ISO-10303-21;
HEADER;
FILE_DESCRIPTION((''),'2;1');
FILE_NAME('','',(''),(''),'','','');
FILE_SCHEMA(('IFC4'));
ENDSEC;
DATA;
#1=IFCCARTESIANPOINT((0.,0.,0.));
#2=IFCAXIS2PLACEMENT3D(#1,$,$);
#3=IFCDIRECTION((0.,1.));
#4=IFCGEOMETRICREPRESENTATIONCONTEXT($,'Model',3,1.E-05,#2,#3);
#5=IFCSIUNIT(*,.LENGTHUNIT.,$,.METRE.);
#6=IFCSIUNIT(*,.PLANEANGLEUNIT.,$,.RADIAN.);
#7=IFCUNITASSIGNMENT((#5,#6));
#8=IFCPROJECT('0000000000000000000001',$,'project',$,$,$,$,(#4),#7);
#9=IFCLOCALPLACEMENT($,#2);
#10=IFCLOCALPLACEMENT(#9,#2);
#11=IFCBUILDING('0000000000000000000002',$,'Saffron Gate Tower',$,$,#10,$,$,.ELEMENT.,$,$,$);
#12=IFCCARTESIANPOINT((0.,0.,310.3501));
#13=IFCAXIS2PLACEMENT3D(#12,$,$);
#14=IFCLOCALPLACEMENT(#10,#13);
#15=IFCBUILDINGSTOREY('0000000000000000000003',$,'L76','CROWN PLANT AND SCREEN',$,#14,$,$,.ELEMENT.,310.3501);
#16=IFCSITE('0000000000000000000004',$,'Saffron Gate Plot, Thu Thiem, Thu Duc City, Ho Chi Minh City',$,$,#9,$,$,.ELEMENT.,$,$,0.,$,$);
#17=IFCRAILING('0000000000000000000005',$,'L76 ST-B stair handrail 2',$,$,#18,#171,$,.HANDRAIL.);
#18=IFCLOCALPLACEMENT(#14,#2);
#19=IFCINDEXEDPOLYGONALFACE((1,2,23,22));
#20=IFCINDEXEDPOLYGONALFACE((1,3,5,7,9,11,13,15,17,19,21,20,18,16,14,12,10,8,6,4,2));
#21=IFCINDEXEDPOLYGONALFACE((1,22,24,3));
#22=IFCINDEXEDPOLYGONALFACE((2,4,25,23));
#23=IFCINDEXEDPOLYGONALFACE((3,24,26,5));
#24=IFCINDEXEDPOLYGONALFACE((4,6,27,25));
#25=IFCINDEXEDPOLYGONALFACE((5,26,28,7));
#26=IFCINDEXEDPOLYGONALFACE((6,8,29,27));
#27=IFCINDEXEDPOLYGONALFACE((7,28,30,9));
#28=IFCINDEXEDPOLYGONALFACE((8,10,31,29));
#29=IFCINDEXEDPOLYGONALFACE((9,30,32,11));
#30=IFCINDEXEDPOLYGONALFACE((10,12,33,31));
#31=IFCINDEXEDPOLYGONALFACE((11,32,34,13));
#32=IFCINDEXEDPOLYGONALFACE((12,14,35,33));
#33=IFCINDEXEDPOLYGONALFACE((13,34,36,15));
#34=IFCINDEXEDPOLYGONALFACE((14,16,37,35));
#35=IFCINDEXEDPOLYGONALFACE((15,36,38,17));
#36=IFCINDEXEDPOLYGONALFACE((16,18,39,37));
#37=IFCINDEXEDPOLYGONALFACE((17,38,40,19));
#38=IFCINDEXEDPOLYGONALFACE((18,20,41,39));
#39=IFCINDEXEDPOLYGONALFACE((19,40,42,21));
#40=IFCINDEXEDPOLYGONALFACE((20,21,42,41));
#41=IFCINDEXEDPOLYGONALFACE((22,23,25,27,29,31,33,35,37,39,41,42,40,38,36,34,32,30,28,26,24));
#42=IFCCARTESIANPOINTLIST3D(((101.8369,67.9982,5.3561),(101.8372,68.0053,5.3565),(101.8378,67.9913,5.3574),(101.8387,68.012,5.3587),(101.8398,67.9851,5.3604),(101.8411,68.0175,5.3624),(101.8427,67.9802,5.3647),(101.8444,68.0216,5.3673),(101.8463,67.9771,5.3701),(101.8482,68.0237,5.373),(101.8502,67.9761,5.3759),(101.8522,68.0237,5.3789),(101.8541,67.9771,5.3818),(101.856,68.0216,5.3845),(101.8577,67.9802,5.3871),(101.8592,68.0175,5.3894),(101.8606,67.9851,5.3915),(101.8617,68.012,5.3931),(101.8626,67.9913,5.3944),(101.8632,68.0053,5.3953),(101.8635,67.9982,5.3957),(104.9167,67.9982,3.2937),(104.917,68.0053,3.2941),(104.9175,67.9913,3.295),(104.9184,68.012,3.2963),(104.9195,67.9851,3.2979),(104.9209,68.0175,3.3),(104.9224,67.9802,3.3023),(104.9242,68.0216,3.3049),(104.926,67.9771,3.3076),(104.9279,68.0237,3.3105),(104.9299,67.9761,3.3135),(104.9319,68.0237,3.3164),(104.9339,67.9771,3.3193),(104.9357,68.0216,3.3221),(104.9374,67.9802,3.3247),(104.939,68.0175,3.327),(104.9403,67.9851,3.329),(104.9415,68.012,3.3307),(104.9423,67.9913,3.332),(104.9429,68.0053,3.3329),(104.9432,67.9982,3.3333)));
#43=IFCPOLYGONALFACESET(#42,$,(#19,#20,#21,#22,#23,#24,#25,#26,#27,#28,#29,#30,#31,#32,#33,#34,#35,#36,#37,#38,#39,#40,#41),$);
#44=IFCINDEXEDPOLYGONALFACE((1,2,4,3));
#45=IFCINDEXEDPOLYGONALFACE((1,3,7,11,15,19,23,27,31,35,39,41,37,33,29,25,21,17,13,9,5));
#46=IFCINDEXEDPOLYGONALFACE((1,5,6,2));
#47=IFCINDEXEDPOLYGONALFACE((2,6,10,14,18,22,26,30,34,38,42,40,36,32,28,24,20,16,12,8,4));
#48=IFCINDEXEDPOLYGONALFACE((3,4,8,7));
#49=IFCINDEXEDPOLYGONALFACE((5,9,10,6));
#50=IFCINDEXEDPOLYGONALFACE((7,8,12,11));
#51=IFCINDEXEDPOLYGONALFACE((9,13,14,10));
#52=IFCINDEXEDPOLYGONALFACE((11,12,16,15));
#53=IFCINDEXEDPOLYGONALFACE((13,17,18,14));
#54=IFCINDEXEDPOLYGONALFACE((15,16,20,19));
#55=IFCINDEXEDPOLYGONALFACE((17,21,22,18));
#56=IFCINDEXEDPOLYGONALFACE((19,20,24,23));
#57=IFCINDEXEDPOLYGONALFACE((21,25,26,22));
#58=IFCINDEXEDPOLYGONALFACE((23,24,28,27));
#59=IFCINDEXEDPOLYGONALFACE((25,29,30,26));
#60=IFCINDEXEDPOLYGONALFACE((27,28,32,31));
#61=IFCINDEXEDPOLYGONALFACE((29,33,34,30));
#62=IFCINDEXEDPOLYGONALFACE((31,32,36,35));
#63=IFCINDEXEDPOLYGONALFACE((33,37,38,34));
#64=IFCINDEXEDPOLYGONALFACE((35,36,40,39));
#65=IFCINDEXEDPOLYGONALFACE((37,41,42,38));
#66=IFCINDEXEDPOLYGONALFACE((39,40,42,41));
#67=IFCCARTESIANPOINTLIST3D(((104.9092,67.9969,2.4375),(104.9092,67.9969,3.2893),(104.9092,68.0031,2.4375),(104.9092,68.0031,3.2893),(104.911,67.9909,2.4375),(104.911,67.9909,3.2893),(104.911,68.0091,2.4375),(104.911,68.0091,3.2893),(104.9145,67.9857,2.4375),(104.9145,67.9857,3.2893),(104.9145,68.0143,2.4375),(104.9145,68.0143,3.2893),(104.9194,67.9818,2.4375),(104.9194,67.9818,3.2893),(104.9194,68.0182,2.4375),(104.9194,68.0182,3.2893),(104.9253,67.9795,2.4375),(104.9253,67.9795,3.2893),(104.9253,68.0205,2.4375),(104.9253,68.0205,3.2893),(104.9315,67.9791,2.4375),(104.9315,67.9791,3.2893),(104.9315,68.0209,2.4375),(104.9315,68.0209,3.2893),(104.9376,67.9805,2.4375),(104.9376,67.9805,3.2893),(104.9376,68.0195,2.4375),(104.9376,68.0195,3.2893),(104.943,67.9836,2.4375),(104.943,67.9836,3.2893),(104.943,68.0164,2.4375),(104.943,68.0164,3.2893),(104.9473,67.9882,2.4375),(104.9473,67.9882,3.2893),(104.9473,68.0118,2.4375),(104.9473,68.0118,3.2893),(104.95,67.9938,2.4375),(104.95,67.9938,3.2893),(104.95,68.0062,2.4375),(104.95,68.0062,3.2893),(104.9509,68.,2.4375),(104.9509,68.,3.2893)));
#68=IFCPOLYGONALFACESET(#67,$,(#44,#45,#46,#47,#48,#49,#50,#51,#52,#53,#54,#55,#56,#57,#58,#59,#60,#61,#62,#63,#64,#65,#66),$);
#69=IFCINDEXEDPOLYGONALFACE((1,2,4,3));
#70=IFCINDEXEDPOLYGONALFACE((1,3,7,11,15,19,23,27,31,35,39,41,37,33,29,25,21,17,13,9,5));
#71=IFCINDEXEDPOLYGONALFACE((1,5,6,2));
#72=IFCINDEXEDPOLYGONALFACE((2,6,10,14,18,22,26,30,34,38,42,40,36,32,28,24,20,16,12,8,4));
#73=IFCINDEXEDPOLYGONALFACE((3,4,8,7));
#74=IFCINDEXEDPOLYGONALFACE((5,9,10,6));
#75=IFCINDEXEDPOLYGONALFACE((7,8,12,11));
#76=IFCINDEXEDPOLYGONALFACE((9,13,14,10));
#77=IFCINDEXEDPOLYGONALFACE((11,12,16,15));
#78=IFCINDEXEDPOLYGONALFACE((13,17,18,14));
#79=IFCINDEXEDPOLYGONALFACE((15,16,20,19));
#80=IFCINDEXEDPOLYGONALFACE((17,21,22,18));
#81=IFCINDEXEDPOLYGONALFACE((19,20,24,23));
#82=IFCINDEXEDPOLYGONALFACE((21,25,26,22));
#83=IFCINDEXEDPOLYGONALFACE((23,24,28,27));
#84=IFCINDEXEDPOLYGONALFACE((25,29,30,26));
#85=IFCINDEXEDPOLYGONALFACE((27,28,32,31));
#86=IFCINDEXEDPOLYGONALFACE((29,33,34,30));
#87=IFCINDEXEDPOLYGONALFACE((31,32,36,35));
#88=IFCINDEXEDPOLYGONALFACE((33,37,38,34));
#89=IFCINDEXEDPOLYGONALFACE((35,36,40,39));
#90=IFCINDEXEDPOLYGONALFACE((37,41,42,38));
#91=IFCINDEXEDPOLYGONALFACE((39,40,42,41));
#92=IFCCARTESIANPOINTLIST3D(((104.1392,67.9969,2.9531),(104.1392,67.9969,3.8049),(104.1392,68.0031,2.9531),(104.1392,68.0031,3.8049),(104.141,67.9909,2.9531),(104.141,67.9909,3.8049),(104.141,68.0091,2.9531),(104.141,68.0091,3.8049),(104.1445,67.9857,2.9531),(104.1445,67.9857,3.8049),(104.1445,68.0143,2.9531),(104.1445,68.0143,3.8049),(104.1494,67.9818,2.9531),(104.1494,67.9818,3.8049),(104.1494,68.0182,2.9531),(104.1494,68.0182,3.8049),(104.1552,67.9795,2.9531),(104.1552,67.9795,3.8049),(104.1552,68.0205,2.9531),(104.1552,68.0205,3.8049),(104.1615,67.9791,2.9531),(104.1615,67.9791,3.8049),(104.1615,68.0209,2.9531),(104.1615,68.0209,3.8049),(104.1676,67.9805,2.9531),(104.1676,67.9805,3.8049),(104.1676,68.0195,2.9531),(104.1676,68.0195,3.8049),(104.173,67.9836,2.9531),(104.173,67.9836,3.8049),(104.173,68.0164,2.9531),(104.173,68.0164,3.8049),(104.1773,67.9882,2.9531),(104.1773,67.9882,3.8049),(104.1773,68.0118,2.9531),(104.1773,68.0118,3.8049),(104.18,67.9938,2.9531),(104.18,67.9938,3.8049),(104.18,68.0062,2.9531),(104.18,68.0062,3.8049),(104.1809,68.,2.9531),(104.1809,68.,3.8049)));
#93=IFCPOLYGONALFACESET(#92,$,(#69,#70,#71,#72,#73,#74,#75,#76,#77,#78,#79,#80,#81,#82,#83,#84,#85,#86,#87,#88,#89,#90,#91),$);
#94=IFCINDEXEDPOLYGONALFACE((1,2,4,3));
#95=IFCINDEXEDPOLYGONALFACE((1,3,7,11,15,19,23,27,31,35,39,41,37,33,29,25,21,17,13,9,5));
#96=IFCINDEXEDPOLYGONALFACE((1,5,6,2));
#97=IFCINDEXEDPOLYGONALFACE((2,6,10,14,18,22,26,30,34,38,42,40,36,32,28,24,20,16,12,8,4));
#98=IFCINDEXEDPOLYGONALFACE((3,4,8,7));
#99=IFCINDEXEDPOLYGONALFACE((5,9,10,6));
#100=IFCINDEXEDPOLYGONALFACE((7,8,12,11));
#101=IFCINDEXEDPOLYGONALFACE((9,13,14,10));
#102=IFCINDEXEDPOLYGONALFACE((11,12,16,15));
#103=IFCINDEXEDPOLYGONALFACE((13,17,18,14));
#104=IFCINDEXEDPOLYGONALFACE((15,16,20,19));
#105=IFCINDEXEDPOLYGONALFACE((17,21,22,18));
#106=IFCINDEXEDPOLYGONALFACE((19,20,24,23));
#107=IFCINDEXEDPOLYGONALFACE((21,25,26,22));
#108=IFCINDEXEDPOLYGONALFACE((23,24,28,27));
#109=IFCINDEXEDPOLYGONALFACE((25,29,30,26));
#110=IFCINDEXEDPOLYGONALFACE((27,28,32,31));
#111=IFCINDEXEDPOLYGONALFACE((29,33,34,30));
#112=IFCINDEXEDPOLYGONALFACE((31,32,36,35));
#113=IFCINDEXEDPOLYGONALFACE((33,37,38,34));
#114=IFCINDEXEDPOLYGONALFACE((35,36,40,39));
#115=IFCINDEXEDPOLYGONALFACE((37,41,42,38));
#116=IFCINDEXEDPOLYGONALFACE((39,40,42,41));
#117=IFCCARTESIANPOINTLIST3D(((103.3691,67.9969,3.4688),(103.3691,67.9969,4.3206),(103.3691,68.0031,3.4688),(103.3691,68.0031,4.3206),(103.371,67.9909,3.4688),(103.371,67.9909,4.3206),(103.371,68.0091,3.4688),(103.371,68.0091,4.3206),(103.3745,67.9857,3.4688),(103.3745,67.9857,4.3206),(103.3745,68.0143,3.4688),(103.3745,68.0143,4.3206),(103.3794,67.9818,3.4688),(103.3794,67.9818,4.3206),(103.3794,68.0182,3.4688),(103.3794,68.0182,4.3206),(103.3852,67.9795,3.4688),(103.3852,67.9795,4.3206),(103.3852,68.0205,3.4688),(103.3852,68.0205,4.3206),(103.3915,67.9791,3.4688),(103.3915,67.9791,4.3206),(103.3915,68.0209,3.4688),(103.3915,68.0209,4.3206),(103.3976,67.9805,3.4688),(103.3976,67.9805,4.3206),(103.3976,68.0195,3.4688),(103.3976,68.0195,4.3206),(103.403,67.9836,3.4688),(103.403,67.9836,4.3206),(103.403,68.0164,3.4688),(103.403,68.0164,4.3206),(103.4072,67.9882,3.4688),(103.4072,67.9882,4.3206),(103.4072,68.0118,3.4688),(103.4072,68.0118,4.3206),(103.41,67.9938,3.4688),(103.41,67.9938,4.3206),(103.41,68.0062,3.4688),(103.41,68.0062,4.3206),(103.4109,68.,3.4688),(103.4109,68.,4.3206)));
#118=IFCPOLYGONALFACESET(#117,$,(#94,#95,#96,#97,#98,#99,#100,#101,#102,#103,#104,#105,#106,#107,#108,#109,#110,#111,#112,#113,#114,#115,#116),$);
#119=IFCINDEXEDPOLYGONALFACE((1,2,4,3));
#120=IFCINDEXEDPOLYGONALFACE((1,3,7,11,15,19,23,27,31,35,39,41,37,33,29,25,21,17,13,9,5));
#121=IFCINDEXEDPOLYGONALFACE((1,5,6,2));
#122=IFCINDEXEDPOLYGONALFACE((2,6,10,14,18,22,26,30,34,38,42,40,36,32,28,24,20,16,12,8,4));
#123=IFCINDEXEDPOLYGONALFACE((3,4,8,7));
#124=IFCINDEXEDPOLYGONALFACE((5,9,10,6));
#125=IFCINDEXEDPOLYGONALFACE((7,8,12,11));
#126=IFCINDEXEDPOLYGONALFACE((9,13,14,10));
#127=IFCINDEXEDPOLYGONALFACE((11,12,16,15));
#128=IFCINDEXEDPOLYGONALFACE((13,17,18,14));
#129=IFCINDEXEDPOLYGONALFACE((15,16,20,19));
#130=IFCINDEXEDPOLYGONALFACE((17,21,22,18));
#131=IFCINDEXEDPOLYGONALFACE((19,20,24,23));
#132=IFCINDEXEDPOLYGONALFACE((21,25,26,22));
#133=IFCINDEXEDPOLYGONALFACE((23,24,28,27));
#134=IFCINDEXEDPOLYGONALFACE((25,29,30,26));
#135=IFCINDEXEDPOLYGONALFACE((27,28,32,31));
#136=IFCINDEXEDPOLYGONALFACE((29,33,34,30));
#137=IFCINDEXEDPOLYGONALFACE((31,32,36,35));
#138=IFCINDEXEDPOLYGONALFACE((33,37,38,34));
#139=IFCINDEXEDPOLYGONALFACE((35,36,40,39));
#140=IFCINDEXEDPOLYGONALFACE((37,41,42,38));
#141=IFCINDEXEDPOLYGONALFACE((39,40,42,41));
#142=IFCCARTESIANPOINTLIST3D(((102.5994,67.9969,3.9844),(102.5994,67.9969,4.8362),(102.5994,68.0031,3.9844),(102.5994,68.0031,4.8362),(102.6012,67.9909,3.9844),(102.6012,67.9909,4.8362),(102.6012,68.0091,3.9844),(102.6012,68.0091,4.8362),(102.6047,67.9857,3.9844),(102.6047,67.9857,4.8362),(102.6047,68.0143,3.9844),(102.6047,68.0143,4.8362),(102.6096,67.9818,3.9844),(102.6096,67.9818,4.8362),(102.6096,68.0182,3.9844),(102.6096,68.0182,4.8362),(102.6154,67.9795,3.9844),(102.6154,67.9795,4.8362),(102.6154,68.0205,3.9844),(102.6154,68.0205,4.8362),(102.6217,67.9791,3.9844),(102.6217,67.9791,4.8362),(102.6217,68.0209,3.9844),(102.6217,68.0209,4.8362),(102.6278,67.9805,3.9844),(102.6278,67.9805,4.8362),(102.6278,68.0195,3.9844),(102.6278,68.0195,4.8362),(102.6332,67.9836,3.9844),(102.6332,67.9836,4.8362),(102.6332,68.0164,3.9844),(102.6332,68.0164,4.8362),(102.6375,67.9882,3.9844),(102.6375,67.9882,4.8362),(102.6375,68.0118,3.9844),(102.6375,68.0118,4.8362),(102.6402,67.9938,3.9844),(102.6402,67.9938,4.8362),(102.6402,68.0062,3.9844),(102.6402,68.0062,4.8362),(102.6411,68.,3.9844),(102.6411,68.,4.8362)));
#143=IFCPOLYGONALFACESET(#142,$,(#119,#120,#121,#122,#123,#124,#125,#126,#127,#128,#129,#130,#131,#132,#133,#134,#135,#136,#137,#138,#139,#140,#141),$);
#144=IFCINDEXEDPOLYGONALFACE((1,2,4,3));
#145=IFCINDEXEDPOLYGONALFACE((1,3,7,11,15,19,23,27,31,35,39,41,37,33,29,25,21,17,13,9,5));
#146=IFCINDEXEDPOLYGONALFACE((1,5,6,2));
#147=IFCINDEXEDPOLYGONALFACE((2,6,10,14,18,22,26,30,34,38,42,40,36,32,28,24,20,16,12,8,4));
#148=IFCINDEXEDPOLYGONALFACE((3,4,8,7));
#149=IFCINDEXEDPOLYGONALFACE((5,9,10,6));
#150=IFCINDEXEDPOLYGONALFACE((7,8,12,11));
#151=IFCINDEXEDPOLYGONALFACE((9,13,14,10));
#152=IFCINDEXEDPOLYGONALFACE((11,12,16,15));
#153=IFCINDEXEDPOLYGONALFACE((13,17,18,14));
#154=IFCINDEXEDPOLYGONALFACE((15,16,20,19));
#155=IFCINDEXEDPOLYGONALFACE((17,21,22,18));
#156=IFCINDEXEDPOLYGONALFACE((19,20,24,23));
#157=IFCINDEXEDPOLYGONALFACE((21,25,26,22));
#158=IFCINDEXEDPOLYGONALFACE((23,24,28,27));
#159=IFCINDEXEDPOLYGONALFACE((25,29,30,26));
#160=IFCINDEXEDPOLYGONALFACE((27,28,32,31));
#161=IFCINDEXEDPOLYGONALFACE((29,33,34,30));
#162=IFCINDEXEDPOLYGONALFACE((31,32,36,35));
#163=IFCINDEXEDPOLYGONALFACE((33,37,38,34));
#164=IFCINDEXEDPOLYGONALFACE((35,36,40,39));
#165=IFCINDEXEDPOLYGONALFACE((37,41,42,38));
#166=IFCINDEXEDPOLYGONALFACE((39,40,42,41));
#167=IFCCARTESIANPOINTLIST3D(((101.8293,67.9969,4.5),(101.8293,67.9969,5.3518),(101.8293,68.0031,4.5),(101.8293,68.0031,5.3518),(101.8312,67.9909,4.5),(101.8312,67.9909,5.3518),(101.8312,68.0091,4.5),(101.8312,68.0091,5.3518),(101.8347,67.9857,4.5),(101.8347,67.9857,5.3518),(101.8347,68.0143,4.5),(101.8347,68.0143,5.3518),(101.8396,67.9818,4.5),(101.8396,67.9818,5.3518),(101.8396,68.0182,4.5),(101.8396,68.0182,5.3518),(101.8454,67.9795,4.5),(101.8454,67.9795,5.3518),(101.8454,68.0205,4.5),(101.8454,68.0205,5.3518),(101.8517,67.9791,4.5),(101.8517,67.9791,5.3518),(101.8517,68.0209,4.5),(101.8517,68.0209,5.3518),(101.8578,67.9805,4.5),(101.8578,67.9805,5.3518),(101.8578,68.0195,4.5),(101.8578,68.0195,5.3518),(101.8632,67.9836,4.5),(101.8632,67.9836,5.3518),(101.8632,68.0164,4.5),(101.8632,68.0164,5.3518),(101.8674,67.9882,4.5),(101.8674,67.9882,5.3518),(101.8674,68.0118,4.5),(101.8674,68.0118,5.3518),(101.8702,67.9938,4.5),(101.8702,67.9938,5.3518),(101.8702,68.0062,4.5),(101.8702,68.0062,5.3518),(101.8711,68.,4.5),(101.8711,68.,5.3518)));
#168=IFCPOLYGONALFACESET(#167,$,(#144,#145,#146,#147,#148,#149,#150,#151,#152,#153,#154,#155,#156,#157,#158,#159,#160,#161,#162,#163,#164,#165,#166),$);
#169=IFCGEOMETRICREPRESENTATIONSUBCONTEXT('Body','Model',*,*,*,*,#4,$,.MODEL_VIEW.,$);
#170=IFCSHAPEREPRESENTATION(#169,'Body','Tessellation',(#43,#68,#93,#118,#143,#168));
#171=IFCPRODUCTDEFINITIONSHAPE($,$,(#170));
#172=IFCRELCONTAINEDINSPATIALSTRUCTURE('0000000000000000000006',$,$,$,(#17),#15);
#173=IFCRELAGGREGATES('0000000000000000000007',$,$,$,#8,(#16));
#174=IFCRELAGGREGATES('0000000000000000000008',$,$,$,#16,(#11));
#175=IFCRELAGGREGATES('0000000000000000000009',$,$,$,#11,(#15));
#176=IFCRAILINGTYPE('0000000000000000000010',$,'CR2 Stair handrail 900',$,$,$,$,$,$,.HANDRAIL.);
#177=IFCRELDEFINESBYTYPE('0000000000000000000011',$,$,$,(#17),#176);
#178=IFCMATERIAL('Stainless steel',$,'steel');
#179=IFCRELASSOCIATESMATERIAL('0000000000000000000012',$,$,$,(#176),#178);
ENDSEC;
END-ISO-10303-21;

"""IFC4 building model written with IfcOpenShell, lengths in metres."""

from ifc_helpers import new_model, si_unit, direction, frame, origin, origin_2d, place, context, subcontext, project, spatial, circle, extrude, material, type_object, element, save


model = new_model("IFC4")

# Units and contexts
model_context = context("Model", 3, precision=1e-05, world=origin(), true_north=direction((0.0, 1.0)))
body_context = subcontext(model_context, "Body", "Model", "MODEL_VIEW")
ifc_project = project(units=[si_unit("LENGTHUNIT", "METRE"), si_unit("PLANEANGLEUNIT", "RADIAN")], contexts=[model_context])

# Site, building, storey
site_placement = place(None, origin())
site = spatial("IfcSite", under=ifc_project, at=site_placement, Name="Saffron Gate Plot, Thu Thiem, Thu Duc City, Ho Chi Minh City", CompositionType="ELEMENT", RefElevation=0.0)
building_placement = place(site_placement, origin())
building = spatial("IfcBuilding", under=site, at=building_placement, Name="Saffron Gate Tower", CompositionType="ELEMENT")
storey_placement = place(building_placement, frame((0.0, 0.0, 310.3501)))
storey = spatial("IfcBuildingStorey", under=building, at=storey_placement, Name="L76", Description="CROWN PLANT AND SCREEN", CompositionType="ELEMENT", Elevation=310.3501)

# Railing
ifc_material_1 = material(Name="Stainless steel", Category="steel")
railing_type_1 = type_object("IfcRailingType", Name="CR2 Stair handrail 900", PredefinedType="HANDRAIL", material=ifc_material_1)
railing_1_placement = place(storey_placement, frame((104.9299, 68.0, 2.4375)))
element("IfcRailing", 1, at=railing_1_placement, inside=storey, type_object=railing_type_1, Name="L76 ST-B stair handrail 2", PredefinedType="HANDRAIL", context=body_context, shape_type="SweptSolid", body=[
    extrude(circle(Radius=0.0239, at=origin_2d()), frame((0.0, 0.0, 0.876), z_axis=(-0.830893, 0.0, 0.556432), x_axis=(0.0, -1.0, 0.0)), (0.0, 0.0, 1.0), 3.7065),
    extrude(circle(Radius=0.021, at=origin_2d()), origin(), (0.0, 0.0, 1.0), 0.8518),
    extrude(circle(Radius=0.021, at=origin_2d()), frame((-0.77, 0.0, 0.5156)), (0.0, 0.0, 1.0), 0.8518),
    extrude(circle(Radius=0.021, at=origin_2d()), frame((-1.54, 0.0, 1.0312)), (0.0, 0.0, 1.0), 0.8518),
    extrude(circle(Radius=0.021, at=origin_2d()), frame((-2.3098, 0.0, 1.5469)), (0.0, 0.0, 1.0), 0.8518),
    extrude(circle(Radius=0.021, at=origin_2d()), frame((-3.0798, 0.0, 2.0625)), (0.0, 0.0, 1.0), 0.8518),
])

save(model, "model.ifc")
